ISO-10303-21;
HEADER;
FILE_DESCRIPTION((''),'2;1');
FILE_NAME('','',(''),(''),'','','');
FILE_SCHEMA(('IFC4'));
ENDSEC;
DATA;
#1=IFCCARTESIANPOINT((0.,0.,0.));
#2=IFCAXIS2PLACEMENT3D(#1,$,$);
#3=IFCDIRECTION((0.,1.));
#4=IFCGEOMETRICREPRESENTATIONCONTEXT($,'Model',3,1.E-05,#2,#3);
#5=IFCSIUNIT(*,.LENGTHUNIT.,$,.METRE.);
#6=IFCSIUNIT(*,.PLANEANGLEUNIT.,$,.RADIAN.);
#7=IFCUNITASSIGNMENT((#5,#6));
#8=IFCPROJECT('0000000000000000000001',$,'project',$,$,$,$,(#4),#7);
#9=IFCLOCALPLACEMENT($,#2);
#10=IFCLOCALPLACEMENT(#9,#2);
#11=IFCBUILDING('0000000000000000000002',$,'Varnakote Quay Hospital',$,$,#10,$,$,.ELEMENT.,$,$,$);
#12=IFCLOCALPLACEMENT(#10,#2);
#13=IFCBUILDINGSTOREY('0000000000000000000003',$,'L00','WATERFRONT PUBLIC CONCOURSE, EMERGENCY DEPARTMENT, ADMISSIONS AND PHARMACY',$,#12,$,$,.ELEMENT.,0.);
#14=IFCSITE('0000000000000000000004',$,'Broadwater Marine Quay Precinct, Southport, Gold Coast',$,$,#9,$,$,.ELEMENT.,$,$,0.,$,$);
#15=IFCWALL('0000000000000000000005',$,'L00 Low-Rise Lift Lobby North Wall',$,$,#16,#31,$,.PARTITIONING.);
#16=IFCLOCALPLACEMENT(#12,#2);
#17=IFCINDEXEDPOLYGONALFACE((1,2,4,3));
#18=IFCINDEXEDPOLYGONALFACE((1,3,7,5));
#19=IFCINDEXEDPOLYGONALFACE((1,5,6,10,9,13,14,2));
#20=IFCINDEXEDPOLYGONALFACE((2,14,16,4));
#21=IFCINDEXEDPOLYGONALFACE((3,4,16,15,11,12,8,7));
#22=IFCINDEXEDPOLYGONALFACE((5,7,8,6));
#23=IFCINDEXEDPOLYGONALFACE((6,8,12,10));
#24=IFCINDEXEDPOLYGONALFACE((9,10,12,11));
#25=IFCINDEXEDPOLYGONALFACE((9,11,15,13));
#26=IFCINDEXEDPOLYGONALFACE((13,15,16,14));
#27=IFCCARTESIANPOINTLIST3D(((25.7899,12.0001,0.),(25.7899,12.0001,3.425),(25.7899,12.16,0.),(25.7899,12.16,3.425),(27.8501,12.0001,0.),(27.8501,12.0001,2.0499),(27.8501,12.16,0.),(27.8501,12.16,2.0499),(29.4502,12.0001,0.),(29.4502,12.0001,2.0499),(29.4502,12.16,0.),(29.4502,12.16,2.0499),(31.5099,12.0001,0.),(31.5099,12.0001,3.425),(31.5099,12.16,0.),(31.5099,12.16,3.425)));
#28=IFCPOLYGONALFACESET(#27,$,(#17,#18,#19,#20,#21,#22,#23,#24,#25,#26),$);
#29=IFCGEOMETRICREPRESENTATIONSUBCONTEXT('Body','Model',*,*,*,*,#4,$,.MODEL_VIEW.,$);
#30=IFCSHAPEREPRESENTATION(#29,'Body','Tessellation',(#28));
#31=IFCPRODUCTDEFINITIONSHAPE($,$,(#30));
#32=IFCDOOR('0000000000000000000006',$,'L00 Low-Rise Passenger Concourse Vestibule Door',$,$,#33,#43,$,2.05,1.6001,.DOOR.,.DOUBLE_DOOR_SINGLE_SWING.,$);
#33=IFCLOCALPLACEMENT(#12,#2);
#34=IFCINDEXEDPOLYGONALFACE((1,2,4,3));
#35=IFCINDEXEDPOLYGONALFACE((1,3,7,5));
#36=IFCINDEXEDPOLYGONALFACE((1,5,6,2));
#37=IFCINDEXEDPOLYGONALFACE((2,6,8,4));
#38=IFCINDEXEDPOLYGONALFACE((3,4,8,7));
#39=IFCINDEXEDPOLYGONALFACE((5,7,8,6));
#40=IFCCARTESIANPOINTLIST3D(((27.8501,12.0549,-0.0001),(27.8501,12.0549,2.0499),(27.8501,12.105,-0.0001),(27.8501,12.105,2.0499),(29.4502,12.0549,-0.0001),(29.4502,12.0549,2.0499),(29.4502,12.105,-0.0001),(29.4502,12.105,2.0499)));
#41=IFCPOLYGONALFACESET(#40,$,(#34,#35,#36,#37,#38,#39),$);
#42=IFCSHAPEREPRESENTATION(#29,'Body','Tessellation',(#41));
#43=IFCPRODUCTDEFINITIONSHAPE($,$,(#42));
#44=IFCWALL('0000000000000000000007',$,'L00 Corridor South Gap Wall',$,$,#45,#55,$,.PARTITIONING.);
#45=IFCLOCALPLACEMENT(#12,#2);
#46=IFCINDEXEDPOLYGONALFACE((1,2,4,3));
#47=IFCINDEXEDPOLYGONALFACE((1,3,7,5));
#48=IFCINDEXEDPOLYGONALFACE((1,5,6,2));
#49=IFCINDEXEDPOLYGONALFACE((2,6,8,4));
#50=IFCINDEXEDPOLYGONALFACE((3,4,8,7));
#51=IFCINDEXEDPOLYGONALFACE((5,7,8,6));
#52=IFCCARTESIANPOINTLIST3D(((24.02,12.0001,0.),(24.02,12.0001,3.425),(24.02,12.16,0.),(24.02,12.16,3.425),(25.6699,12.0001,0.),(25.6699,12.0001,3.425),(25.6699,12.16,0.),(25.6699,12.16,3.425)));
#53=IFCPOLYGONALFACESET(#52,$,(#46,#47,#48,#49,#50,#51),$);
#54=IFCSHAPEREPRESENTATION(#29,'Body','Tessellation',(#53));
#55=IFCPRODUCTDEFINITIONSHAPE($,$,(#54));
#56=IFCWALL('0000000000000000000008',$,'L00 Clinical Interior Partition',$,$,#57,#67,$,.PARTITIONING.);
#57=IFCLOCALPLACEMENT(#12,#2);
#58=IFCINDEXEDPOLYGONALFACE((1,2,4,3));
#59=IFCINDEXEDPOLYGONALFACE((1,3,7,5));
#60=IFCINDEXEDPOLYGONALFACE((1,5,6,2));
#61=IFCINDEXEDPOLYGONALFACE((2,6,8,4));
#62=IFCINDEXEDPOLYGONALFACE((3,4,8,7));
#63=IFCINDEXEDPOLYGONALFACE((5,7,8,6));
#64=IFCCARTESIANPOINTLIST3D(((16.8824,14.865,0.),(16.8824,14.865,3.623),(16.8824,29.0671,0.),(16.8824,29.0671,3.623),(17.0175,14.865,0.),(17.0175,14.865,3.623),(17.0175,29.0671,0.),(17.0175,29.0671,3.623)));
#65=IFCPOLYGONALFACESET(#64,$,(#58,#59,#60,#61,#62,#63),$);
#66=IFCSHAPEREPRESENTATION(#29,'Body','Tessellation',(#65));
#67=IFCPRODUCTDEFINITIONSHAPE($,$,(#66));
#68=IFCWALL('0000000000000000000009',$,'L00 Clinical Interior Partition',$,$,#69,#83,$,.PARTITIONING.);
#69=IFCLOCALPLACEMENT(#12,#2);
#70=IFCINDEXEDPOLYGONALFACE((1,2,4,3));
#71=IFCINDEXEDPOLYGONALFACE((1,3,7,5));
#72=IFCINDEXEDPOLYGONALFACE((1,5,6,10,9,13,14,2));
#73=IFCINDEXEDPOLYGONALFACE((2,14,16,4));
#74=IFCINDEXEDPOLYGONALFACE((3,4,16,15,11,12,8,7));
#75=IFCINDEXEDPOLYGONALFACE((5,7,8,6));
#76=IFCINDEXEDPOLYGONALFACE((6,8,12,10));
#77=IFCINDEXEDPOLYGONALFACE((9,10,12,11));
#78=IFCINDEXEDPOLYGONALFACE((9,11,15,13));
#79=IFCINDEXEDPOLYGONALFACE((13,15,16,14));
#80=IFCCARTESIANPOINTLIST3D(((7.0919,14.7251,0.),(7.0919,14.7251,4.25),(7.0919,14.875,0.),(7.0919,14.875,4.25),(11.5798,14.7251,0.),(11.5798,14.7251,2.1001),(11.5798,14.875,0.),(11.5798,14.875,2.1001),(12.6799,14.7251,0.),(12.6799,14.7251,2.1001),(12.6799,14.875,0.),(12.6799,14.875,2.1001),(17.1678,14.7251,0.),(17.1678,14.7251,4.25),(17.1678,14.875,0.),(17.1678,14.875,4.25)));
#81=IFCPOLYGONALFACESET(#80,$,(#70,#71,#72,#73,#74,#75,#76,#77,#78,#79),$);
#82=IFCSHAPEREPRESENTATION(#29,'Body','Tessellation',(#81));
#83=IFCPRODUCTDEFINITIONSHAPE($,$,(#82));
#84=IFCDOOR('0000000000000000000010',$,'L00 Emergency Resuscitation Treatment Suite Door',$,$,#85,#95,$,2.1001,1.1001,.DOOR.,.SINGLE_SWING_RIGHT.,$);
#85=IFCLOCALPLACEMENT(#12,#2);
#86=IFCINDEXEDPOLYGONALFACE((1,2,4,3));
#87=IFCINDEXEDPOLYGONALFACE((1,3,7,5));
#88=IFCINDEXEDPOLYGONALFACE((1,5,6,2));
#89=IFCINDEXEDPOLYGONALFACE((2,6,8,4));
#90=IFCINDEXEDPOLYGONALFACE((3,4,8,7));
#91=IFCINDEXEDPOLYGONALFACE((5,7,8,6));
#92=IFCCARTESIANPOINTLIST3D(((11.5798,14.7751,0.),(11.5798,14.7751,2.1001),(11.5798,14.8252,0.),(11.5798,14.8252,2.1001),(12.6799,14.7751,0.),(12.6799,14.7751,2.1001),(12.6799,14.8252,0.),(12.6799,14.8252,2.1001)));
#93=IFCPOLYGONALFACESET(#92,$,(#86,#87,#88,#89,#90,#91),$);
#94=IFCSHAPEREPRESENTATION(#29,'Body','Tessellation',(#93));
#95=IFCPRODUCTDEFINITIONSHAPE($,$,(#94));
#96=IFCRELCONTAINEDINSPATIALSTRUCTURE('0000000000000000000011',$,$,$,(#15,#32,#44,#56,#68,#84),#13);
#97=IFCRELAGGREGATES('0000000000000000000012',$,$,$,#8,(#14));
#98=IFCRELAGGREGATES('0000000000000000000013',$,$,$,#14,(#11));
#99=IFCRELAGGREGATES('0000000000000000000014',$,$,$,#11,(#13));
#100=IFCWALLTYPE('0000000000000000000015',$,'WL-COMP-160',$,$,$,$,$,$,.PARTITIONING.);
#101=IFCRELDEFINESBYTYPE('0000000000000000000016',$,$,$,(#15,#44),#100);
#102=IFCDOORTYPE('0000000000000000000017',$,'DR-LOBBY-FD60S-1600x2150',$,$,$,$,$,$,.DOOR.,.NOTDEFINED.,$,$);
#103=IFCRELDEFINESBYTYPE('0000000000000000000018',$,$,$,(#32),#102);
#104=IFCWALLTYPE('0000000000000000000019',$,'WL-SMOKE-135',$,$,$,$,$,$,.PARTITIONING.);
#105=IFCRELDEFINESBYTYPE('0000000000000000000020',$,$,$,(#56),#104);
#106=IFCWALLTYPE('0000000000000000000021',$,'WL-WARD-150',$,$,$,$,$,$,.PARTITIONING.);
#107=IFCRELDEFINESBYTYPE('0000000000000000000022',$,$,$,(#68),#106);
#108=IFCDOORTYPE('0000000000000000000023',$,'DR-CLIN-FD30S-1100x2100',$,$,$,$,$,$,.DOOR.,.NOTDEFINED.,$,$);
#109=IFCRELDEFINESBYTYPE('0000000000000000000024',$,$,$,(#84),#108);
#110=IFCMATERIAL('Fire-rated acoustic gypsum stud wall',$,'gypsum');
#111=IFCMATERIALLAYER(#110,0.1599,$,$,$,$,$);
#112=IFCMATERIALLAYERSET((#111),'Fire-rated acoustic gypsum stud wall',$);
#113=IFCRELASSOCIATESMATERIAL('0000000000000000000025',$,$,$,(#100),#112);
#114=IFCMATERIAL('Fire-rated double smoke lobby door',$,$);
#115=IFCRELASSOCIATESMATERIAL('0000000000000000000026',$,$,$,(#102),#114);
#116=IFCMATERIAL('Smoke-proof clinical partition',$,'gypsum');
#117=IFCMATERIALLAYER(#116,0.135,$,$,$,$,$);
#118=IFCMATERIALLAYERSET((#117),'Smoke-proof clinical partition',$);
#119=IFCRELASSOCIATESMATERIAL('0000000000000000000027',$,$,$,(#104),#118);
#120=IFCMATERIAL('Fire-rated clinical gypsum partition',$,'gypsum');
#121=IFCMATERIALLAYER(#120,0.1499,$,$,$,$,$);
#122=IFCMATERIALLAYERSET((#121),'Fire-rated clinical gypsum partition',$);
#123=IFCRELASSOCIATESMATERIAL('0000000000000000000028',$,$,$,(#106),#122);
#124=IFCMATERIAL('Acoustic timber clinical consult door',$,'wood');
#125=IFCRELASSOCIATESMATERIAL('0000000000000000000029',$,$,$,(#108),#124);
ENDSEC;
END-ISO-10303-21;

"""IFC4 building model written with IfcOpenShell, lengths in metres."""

from ifc_helpers import new_model, si_unit, direction, frame, frame_2d, origin, place, context, subcontext, project, spatial, rectangle, extrude, material, layer, layer_set, type_object, element, fill, save


model = new_model("IFC4")

# Units and contexts
model_context = context("Model", 3, precision=1e-05, world=origin(), true_north=direction((0.0, 1.0)))
body_context = subcontext(model_context, "Body", "Model", "MODEL_VIEW")
ifc_project = project(units=[si_unit("LENGTHUNIT", "METRE"), si_unit("PLANEANGLEUNIT", "RADIAN")], contexts=[model_context])

# Site, building, storey
site_placement = place(None, origin())
site = spatial("IfcSite", under=ifc_project, at=site_placement, Name="Broadwater Marine Quay Precinct, Southport, Gold Coast", CompositionType="ELEMENT", RefElevation=0.0)
building_placement = place(site_placement, origin())
building = spatial("IfcBuilding", under=site, at=building_placement, Name="Varnakote Quay Hospital", CompositionType="ELEMENT")
storey_placement = place(building_placement, origin())
storey = spatial("IfcBuildingStorey", under=building, at=storey_placement, Name="L00", Description="WATERFRONT PUBLIC CONCOURSE, EMERGENCY DEPARTMENT, ADMISSIONS AND PHARMACY", CompositionType="ELEMENT", Elevation=0.0)

# Wall, opening, door
ifc_material_1 = material(Name="Fire-rated acoustic gypsum stud wall", Category="gypsum")
ifc_layer_1 = layer(ifc_material_1, 0.1599)
ifc_layer_set_1 = layer_set([ifc_layer_1], Name="Fire-rated acoustic gypsum stud wall")
wall_type_1 = type_object("IfcWallType", Name="WL-COMP-160", PredefinedType="PARTITIONING", material=ifc_layer_set_1)
ifc_material_2 = material(Name="Fire-rated double smoke lobby door")
door_type_1 = type_object("IfcDoorType", Name="DR-LOBBY-FD60S-1600x2150", OperationType="NOTDEFINED", PredefinedType="DOOR", material=ifc_material_2)
wall_1_placement = place(storey_placement, frame((25.79, 12.0801, 0.0), z_axis=(0.0, 0.0, 1.0), x_axis=(1.0, 0.0, 0.0)))
wall_1 = element("IfcWall", 1, at=wall_1_placement, inside=storey, type_object=wall_type_1, Name="L00 Low-Rise Lift Lobby North Wall", PredefinedType="PARTITIONING", context=body_context, shape_type="SweptSolid", body=[
    extrude(rectangle(XDim=5.72, YDim=0.1599, at=frame_2d((2.8599, 0.0))), origin(), (0.0, 0.0, 1.0), 3.425),
])
opening_1_placement = place(wall_1_placement, frame((2.0601, 0.0, 0.0)))
opening_1 = element("IfcOpeningElement", 2, at=opening_1_placement, cuts=wall_1, PredefinedType="OPENING", context=body_context, shape_type="SweptSolid", body=[
    extrude(rectangle(XDim=1.6001, YDim=2.05, at=frame_2d((0.8, 1.0249))), frame((0.0, 0.0898, 0.0), z_axis=(0.0, -1.0, 0.0), x_axis=(1.0, 0.0, 0.0)), (0.0, 0.0, 1.0), 0.1799),
])
door_1_placement = place(opening_1_placement, origin())
door_1 = element("IfcDoor", 3, at=door_1_placement, inside=storey, type_object=door_type_1, Name="L00 Low-Rise Passenger Concourse Vestibule Door", OperationType="DOUBLE_DOOR_SINGLE_SWING", OverallHeight=2.05, OverallWidth=1.6001, PredefinedType="DOOR", context=body_context, shape_type="SweptSolid", body=[
    extrude(rectangle(XDim=1.6001, YDim=2.05, at=frame_2d((0.8, 1.0249))), frame((0.0, 0.0249, 0.0), z_axis=(0.0, -1.0, 0.0), x_axis=(1.0, 0.0, 0.0)), (0.0, 0.0, 1.0), 0.05),
])
fill(opening_1, door_1)

# Walls
wall_2_placement = place(storey_placement, frame((24.02, 12.0801, 0.0), z_axis=(0.0, 0.0, 1.0), x_axis=(1.0, 0.0, 0.0)))
element("IfcWall", 4, at=wall_2_placement, inside=storey, type_object=wall_type_1, Name="L00 Corridor South Gap Wall", PredefinedType="PARTITIONING", context=body_context, shape_type="SweptSolid", body=[
    extrude(rectangle(XDim=1.6499, YDim=0.1599, at=frame_2d((0.825, 0.0))), origin(), (0.0, 0.0, 1.0), 3.425),
])
ifc_material_3 = material(Name="Smoke-proof clinical partition", Category="gypsum")
ifc_layer_2 = layer(ifc_material_3, 0.135)
ifc_layer_set_2 = layer_set([ifc_layer_2], Name="Smoke-proof clinical partition")
wall_type_2 = type_object("IfcWallType", Name="WL-SMOKE-135", PredefinedType="PARTITIONING", material=ifc_layer_set_2)
wall_3_placement = place(storey_placement, frame((16.95, 14.865, 0.0), z_axis=(0.0, 0.0, 1.0), x_axis=(0.0, 1.0, 0.0)))
element("IfcWall", 5, at=wall_3_placement, inside=storey, type_object=wall_type_2, Name="L00 Clinical Interior Partition", PredefinedType="PARTITIONING", context=body_context, shape_type="SweptSolid", body=[
    extrude(rectangle(XDim=14.2021, YDim=0.135, at=frame_2d((7.1011, 0.0))), origin(), (0.0, 0.0, 1.0), 3.623),
])

# Wall, opening, door
ifc_material_4 = material(Name="Fire-rated clinical gypsum partition", Category="gypsum")
ifc_layer_3 = layer(ifc_material_4, 0.1499)
ifc_layer_set_3 = layer_set([ifc_layer_3], Name="Fire-rated clinical gypsum partition")
wall_type_3 = type_object("IfcWallType", Name="WL-WARD-150", PredefinedType="PARTITIONING", material=ifc_layer_set_3)
wall_4_placement = place(storey_placement, frame((17.168, 14.8, 0.0), z_axis=(0.0, 0.0, 1.0), x_axis=(-1.0, 0.0, 0.0)))
wall_4 = element("IfcWall", 6, at=wall_4_placement, inside=storey, type_object=wall_type_3, Name="L00 Clinical Interior Partition", PredefinedType="PARTITIONING", context=body_context, shape_type="SweptSolid", body=[
    extrude(rectangle(XDim=10.0759, YDim=0.1499, at=frame_2d((5.0381, 0.0))), origin(), (0.0, 0.0, 1.0), 4.25),
])
opening_2_placement = place(wall_4_placement, frame((4.488, 0.0, 0.0)))
opening_2 = element("IfcOpeningElement", 7, at=opening_2_placement, cuts=wall_4, PredefinedType="OPENING", context=body_context, shape_type="SweptSolid", body=[
    extrude(rectangle(XDim=1.1001, YDim=2.1001, at=frame_2d((0.55, 1.05))), frame((0.0, 0.085, 0.0), z_axis=(0.0, -1.0, 0.0), x_axis=(1.0, 0.0, 0.0)), (0.0, 0.0, 1.0), 0.1699),
])
ifc_material_5 = material(Name="Acoustic timber clinical consult door", Category="wood")
door_type_2 = type_object("IfcDoorType", Name="DR-CLIN-FD30S-1100x2100", OperationType="NOTDEFINED", PredefinedType="DOOR", material=ifc_material_5)
door_2_placement = place(opening_2_placement, origin())
door_2 = element("IfcDoor", 8, at=door_2_placement, inside=storey, type_object=door_type_2, Name="L00 Emergency Resuscitation Treatment Suite Door", OperationType="SINGLE_SWING_RIGHT", OverallHeight=2.1001, OverallWidth=1.1001, PredefinedType="DOOR", context=body_context, shape_type="SweptSolid", body=[
    extrude(rectangle(XDim=1.1001, YDim=2.1001, at=frame_2d((0.55, 1.05))), frame((0.0, 0.0249, 0.0), z_axis=(0.0, -1.0, 0.0), x_axis=(1.0, 0.0, 0.0)), (0.0, 0.0, 1.0), 0.05),
])
fill(opening_2, door_2)

save(model, "model.ifc")
